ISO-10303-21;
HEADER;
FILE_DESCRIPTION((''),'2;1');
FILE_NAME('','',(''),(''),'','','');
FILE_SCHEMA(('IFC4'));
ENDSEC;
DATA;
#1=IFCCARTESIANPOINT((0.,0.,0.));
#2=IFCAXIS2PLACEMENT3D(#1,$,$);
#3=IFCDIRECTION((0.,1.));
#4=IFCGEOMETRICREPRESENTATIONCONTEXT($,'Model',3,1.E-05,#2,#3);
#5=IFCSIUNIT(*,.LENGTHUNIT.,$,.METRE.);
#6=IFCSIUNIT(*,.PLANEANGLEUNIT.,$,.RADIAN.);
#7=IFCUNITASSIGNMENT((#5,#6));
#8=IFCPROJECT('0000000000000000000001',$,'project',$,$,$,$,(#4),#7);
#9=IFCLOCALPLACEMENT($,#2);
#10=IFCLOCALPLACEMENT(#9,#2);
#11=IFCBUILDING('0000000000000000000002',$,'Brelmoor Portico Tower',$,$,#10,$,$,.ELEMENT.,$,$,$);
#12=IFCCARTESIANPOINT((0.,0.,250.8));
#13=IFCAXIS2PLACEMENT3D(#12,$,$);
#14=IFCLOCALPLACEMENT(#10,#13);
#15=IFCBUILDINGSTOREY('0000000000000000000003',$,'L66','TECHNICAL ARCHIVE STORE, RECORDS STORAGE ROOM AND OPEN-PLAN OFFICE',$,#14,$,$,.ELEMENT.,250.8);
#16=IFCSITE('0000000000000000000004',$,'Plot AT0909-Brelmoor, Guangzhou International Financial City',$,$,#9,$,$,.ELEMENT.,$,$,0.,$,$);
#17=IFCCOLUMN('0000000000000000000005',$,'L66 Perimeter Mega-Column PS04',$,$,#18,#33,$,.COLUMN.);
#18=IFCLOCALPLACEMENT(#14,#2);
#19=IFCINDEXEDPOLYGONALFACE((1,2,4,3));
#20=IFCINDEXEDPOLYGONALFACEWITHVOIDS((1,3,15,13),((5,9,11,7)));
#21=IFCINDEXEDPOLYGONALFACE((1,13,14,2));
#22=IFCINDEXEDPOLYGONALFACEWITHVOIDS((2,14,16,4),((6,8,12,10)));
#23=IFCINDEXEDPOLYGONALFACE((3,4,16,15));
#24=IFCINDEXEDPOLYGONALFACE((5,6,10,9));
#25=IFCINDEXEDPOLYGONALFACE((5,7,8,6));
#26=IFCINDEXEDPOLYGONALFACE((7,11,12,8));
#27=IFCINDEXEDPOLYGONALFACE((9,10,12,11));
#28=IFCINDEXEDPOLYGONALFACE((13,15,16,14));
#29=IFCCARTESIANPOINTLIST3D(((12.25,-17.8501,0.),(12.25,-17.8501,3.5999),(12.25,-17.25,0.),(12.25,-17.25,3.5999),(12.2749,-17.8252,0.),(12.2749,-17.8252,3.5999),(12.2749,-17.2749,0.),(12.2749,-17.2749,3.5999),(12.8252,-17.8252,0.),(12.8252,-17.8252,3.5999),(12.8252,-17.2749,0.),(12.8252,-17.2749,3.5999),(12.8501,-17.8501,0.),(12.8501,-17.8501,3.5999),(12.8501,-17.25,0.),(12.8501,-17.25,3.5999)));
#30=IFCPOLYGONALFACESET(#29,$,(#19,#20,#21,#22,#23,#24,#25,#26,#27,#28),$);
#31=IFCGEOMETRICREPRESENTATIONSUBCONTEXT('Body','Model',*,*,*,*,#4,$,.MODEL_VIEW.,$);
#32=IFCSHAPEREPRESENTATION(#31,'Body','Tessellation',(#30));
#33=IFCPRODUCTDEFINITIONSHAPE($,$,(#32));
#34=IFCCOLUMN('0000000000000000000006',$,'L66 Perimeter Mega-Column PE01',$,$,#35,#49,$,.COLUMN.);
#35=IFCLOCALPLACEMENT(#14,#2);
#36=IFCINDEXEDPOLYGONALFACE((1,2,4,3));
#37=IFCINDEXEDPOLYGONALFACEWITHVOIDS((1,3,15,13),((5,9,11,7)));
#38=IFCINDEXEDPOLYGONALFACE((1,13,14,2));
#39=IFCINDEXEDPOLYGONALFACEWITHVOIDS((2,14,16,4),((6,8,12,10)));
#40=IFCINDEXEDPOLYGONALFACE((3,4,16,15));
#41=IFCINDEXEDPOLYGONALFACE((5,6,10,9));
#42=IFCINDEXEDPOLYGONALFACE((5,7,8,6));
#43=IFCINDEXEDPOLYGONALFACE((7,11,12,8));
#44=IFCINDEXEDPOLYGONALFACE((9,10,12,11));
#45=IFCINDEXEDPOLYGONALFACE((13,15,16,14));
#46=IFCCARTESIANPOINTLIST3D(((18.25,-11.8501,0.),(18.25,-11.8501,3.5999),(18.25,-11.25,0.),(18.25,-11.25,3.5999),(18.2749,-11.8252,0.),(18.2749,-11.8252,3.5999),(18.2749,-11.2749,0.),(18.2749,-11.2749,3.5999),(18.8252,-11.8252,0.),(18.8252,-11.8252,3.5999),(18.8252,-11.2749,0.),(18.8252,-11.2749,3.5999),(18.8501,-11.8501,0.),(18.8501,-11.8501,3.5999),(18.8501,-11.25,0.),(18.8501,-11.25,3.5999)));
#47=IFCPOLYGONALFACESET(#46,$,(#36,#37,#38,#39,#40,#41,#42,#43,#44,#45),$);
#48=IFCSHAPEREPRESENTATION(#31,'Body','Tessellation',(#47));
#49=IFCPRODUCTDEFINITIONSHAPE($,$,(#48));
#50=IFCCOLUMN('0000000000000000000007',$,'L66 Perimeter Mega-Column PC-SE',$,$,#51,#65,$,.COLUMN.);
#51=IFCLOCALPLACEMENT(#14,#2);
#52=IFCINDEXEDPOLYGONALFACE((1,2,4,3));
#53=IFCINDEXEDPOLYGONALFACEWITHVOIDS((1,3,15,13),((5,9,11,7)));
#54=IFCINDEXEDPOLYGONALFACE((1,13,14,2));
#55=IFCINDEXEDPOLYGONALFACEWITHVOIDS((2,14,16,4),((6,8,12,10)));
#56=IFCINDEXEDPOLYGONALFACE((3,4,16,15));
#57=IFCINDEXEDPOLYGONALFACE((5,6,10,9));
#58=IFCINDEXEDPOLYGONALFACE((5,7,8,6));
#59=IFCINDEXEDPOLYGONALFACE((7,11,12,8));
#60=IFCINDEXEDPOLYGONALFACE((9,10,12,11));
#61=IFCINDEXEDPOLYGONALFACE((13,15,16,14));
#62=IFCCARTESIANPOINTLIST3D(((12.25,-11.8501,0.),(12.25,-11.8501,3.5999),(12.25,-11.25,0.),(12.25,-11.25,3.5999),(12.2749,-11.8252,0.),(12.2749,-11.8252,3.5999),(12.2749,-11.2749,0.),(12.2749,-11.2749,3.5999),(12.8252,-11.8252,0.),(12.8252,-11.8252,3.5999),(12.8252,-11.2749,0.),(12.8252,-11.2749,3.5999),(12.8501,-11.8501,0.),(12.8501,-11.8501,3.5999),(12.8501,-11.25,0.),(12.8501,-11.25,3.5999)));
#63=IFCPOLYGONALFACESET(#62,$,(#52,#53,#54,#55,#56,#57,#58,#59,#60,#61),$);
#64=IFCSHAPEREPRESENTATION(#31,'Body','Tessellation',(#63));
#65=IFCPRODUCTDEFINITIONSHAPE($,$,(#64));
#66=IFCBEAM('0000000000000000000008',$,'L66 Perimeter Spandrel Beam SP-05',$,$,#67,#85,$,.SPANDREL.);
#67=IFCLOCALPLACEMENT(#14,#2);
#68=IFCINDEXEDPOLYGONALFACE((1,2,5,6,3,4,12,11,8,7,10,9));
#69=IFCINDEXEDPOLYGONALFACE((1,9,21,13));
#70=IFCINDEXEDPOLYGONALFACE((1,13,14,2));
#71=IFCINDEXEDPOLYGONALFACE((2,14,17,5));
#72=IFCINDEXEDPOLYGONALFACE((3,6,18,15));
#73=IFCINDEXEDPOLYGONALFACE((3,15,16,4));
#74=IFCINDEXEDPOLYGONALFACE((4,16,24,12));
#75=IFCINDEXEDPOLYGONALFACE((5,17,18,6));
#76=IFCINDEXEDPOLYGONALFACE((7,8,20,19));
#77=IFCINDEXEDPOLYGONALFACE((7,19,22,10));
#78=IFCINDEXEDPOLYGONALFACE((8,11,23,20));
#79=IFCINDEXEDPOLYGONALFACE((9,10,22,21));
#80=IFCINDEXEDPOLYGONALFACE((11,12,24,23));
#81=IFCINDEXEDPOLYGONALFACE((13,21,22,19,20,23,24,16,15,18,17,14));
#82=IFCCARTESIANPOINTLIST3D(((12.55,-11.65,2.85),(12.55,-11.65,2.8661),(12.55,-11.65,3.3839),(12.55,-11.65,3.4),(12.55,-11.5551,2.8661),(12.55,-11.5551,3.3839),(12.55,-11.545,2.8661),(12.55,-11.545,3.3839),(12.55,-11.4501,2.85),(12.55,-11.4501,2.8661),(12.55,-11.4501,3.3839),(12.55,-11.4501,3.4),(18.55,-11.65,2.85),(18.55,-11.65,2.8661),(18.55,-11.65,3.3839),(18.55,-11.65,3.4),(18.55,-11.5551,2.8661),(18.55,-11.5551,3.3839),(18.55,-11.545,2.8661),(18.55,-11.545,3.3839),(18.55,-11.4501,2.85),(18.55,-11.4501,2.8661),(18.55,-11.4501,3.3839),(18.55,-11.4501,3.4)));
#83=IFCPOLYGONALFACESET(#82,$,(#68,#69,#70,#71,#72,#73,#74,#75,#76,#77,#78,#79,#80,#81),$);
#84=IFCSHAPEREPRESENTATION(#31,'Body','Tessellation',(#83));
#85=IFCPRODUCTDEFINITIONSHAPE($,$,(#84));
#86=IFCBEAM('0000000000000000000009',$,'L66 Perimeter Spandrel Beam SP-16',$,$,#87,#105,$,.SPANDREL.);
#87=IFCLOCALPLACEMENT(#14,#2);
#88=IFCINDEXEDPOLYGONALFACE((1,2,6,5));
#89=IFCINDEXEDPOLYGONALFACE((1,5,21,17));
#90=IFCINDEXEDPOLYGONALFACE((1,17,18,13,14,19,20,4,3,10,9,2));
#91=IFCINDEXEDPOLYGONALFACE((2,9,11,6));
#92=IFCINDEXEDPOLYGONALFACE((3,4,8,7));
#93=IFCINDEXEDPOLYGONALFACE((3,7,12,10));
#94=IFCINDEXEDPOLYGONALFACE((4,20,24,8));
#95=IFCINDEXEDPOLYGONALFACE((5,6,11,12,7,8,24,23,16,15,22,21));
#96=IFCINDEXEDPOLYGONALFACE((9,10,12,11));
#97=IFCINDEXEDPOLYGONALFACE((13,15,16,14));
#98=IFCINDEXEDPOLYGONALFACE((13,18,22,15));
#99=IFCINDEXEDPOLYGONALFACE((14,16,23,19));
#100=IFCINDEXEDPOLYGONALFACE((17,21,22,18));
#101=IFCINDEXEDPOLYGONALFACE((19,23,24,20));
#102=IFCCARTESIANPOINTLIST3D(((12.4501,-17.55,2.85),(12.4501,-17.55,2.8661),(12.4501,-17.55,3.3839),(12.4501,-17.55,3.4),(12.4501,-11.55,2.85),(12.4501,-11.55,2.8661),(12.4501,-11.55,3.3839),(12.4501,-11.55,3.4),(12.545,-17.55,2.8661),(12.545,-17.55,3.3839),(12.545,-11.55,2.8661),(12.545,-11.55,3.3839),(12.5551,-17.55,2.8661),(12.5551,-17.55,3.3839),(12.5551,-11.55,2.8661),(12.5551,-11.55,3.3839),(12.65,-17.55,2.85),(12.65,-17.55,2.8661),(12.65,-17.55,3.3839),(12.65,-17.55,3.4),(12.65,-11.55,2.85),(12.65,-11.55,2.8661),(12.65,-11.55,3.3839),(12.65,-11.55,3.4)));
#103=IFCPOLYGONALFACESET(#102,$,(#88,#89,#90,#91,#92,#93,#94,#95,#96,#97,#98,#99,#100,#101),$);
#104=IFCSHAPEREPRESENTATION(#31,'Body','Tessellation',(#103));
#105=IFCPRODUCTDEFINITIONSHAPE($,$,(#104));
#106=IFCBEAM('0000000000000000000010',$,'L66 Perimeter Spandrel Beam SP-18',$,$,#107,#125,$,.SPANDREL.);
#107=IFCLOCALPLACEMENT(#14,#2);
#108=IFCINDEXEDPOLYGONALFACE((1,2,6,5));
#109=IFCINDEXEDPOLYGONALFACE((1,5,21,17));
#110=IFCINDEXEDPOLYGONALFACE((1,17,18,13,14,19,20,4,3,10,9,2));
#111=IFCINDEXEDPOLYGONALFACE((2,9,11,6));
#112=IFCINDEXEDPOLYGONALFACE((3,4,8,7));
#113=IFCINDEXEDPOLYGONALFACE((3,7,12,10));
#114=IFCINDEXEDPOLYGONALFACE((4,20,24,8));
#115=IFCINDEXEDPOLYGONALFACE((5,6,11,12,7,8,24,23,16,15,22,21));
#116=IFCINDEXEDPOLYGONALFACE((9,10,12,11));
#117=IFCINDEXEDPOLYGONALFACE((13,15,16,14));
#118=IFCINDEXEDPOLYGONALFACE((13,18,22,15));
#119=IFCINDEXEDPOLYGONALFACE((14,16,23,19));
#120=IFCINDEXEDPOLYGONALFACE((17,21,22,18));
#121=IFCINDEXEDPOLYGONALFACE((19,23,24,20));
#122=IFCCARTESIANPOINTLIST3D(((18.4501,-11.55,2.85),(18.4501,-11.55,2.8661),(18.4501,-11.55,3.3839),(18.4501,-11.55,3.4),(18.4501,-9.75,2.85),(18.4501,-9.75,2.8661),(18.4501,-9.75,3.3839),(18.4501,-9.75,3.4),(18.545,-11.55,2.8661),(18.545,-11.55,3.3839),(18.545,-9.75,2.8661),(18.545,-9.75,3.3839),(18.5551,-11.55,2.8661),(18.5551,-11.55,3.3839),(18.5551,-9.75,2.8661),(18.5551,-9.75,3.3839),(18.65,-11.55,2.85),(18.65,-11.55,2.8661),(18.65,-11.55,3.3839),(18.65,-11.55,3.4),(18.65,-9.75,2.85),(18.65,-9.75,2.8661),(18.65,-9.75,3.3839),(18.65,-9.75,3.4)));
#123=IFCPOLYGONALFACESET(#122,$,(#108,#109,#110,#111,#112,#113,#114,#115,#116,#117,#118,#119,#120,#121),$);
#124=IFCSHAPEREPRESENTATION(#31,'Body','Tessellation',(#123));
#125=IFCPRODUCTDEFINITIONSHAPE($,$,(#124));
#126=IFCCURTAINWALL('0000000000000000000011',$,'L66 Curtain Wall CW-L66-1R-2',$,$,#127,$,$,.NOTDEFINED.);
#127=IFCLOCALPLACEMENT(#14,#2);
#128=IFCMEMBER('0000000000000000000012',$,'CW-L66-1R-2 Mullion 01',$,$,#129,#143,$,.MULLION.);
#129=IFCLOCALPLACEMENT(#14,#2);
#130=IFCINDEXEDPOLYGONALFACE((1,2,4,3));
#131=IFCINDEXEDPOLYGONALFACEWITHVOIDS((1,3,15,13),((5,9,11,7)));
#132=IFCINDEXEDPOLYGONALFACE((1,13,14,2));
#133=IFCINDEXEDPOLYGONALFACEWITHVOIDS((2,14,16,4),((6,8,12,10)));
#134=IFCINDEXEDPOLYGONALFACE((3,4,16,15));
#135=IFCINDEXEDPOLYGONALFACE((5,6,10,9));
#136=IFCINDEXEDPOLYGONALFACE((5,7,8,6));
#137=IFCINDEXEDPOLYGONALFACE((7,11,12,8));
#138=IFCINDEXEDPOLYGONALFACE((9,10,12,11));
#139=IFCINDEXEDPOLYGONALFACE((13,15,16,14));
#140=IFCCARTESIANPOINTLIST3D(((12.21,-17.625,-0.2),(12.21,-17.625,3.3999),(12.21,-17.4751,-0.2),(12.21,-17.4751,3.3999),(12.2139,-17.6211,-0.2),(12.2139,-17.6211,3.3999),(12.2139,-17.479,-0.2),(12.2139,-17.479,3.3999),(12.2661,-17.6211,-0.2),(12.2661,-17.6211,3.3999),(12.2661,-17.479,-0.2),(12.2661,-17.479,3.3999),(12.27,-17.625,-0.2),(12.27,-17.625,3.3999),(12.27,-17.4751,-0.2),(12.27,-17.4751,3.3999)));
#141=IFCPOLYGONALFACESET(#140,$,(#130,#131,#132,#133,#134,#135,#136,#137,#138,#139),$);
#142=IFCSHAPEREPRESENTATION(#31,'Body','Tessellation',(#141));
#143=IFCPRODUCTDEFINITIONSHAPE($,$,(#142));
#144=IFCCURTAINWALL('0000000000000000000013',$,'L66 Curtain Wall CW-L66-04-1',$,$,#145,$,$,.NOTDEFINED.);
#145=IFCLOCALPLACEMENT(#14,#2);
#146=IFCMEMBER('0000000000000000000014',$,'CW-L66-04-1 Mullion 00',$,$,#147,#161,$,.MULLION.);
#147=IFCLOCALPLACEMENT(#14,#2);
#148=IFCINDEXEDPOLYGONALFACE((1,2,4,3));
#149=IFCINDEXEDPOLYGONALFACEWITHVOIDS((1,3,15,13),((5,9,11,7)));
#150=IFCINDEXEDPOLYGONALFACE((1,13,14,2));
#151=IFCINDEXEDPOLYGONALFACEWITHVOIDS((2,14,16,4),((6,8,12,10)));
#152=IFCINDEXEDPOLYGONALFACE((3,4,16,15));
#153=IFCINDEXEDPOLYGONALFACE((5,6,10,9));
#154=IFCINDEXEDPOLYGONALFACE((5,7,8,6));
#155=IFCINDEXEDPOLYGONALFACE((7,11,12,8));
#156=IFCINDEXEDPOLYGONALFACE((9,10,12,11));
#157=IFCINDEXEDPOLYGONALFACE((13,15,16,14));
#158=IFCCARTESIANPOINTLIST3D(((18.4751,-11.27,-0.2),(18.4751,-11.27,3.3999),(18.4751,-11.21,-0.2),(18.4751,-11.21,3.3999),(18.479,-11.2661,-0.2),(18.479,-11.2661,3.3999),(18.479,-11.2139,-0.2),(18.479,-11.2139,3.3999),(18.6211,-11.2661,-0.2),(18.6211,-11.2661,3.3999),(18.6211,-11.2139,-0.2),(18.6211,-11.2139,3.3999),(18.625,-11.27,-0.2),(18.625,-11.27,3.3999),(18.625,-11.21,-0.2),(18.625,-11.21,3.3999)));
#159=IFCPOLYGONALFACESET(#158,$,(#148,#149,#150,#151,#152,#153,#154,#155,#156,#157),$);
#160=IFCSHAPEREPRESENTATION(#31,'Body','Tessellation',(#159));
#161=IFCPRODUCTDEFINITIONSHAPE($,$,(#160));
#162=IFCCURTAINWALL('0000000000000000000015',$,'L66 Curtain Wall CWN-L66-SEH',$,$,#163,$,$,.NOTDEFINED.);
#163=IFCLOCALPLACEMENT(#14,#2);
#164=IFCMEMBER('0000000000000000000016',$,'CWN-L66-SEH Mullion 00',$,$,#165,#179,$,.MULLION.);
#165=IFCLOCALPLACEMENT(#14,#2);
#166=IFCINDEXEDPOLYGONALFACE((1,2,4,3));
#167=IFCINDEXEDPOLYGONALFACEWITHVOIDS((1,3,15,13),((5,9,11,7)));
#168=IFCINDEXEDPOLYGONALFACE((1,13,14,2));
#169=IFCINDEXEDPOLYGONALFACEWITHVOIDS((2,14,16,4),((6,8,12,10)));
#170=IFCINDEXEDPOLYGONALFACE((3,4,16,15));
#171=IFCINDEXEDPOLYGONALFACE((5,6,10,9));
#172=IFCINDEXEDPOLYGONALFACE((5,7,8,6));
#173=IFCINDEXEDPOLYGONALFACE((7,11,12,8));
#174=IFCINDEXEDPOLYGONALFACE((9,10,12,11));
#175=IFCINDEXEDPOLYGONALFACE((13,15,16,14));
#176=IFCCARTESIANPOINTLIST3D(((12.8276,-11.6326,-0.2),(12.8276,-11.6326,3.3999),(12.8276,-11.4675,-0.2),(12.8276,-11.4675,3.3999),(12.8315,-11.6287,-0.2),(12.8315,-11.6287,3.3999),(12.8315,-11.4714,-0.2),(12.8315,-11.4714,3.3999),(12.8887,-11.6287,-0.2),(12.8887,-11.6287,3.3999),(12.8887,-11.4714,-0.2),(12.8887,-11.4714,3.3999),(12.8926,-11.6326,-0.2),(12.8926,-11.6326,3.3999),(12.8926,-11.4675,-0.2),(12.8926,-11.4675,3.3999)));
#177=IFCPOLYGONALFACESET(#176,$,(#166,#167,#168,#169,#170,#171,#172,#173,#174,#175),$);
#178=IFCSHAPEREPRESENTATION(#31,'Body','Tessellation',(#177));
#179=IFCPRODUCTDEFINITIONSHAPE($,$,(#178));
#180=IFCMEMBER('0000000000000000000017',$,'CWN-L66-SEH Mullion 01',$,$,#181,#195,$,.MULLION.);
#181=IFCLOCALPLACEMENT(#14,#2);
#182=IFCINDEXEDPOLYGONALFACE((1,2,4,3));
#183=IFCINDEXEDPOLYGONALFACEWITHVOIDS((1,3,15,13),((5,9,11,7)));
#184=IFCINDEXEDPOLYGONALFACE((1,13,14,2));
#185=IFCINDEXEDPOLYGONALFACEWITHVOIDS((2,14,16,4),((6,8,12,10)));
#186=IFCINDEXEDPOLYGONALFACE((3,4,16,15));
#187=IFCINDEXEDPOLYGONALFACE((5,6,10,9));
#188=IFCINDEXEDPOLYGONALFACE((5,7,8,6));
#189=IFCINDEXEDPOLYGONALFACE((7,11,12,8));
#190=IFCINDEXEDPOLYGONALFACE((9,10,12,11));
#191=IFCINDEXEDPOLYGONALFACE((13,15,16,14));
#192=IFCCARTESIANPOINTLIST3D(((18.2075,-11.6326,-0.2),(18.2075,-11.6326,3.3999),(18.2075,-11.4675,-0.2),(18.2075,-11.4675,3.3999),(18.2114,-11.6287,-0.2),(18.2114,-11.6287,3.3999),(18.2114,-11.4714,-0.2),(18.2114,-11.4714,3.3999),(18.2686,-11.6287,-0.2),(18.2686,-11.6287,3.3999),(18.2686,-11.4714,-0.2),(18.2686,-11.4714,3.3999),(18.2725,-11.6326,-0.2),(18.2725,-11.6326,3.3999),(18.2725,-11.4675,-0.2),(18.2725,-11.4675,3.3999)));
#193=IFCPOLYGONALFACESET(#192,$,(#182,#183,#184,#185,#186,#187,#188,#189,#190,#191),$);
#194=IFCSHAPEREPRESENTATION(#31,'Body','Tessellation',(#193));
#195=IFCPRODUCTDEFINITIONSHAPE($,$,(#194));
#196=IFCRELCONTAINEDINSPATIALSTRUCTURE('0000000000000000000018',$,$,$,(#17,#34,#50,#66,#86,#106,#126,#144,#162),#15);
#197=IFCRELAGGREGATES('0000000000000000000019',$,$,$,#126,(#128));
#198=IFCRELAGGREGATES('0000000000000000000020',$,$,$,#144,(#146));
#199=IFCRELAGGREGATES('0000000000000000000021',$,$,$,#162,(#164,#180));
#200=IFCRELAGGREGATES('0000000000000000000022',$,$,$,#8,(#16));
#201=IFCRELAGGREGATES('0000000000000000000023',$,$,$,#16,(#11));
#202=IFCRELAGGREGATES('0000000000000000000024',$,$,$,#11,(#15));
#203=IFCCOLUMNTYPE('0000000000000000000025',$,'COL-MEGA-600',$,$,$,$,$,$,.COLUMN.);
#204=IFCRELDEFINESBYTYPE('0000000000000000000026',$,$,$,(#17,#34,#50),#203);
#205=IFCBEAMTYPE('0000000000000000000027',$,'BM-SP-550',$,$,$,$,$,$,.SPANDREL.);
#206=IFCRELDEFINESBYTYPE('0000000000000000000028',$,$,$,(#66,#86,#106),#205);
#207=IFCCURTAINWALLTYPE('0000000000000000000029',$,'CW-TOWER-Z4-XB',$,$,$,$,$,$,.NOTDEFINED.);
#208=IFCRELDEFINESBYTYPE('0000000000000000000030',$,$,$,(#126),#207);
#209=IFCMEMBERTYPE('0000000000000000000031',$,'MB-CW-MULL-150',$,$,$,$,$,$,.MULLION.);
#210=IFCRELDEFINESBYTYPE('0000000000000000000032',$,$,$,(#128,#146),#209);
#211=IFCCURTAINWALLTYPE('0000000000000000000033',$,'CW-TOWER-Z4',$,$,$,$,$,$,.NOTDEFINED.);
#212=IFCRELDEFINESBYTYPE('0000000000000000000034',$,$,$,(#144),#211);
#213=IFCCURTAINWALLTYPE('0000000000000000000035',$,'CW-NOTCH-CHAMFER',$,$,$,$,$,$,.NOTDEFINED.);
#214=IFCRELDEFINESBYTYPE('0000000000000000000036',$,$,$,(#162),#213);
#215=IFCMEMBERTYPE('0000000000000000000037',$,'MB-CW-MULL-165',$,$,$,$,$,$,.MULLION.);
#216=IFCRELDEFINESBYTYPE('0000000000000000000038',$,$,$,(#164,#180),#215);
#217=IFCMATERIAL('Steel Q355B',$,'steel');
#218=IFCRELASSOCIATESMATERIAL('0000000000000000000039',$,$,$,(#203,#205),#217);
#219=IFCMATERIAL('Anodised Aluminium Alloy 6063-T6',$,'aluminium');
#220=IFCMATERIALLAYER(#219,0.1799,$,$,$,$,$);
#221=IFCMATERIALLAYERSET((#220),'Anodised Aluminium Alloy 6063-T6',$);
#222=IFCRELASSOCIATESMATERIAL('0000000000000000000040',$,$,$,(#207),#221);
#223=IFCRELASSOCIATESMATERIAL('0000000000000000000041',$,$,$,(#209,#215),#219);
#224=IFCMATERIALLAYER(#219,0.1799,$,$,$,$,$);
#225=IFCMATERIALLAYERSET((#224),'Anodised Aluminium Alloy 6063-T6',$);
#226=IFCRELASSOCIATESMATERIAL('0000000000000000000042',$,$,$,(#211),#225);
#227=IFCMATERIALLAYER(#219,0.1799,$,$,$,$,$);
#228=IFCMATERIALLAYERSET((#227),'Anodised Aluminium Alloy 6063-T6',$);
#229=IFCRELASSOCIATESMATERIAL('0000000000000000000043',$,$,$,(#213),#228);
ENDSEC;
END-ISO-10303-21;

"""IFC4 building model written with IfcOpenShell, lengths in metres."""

from ifc_helpers import new_model, si_unit, direction, frame, origin, origin_2d, place, context, subcontext, project, spatial, hollow_rectangle, i_section, extrude, material, layer, layer_set, material_profile, profile_set, type_object, element, aggregate, save


model = new_model("IFC4")

# Units and contexts
model_context = context("Model", 3, precision=1e-05, world=origin(), true_north=direction((0.0, 1.0)))
body_context = subcontext(model_context, "Body", "Model", "MODEL_VIEW")
ifc_project = project(units=[si_unit("LENGTHUNIT", "METRE"), si_unit("PLANEANGLEUNIT", "RADIAN")], contexts=[model_context])

# Site, building, storey
site_placement = place(None, origin())
site = spatial("IfcSite", under=ifc_project, at=site_placement, Name="Plot AT0909-Brelmoor, Guangzhou International Financial City", CompositionType="ELEMENT", RefElevation=0.0)
building_placement = place(site_placement, origin())
building = spatial("IfcBuilding", under=site, at=building_placement, Name="Brelmoor Portico Tower", CompositionType="ELEMENT")
storey_placement = place(building_placement, frame((0.0, 0.0, 250.8)))
storey = spatial("IfcBuildingStorey", under=building, at=storey_placement, Name="L66", Description="TECHNICAL ARCHIVE STORE, RECORDS STORAGE ROOM AND OPEN-PLAN OFFICE", CompositionType="ELEMENT", Elevation=250.8)

# Columns
ifc_material_1 = material(Name="Steel Q355B", Category="steel")
ifc_material_profile_1 = material_profile(ifc_material_1, hollow_rectangle(XDim=0.6001, YDim=0.6001, WallThickness=0.0249, at=origin_2d()), Name="BOX 600x600x25")
ifc_profile_set_1 = profile_set([ifc_material_profile_1], Name="Steel Q355B")
column_type = type_object("IfcColumnType", Name="COL-MEGA-600", PredefinedType="COLUMN", material=ifc_profile_set_1)
for number, where, z_axis, x_axis, name in (
    (1, (12.55, -17.55, 0.0), (0.0, 0.0, 1.0), (1.0, 0.0, 0.0), "L66 Perimeter Mega-Column PS04"),
    (2, (18.55, -11.55, 0.0), (0.0, 0.0, 1.0), (0.0, 1.0, 0.0), "L66 Perimeter Mega-Column PE01"),
    (3, (12.55, -11.55, 0.0), (0.0, 0.0, 1.0), (1.0, 0.0, 0.0), "L66 Perimeter Mega-Column PC-SE"),
):
    element("IfcColumn", number, at=place(storey_placement, frame(where, z_axis=z_axis, x_axis=x_axis)), inside=storey, type_object=column_type, Name=name, PredefinedType="COLUMN", context=body_context, shape_type="SweptSolid", body=[
        extrude(hollow_rectangle(XDim=0.6001, YDim=0.6001, WallThickness=0.0249, at=origin_2d()), origin(), (0.0, 0.0, 1.0), 3.5999),
    ])

# Beams
ifc_material_profile_2 = material_profile(ifc_material_1, i_section(OverallWidth=0.2, OverallDepth=0.55, WebThickness=0.01, FlangeThickness=0.0161, at=origin_2d()), Name="HN 550x200x10x16")
ifc_profile_set_2 = profile_set([ifc_material_profile_2], Name="Steel Q355B")
beam_type = type_object("IfcBeamType", Name="BM-SP-550", PredefinedType="SPANDREL", material=ifc_profile_set_2)
for number, where, z_axis, x_axis, name in (
    (4, (12.55, -11.55, 3.125), (1.0, 0.0, 0.0), (0.0, 1.0, 0.0), "L66 Perimeter Spandrel Beam SP-05"),
    (5, (12.55, -17.55, 3.125), (0.0, 1.0, 0.0), (-1.0, 0.0, 0.0), "L66 Perimeter Spandrel Beam SP-16"),
):
    element("IfcBeam", number, at=place(storey_placement, frame(where, z_axis=z_axis, x_axis=x_axis)), inside=storey, type_object=beam_type, Name=name, PredefinedType="SPANDREL", context=body_context, shape_type="SweptSolid", body=[
        extrude(i_section(OverallWidth=0.2, OverallDepth=0.55, WebThickness=0.01, FlangeThickness=0.0161, at=origin_2d()), origin(), (0.0, 0.0, 1.0), 6.0),
    ])
beam_placement = place(storey_placement, frame((18.55, -11.55, 3.125), z_axis=(0.0, 1.0, 0.0), x_axis=(-1.0, 0.0, 0.0)))
element("IfcBeam", 6, at=beam_placement, inside=storey, type_object=beam_type, Name="L66 Perimeter Spandrel Beam SP-18", PredefinedType="SPANDREL", context=body_context, shape_type="SweptSolid", body=[
    extrude(i_section(OverallWidth=0.2, OverallDepth=0.55, WebThickness=0.01, FlangeThickness=0.0161, at=origin_2d()), origin(), (0.0, 0.0, 1.0), 1.8),
])

# Curtain walls, members
ifc_material_2 = material(Name="Anodised Aluminium Alloy 6063-T6", Category="aluminium")
ifc_layer_1 = layer(ifc_material_2, 0.1799)
ifc_layer_set_1 = layer_set([ifc_layer_1], Name="Anodised Aluminium Alloy 6063-T6")
curtain_wall_type_1 = type_object("IfcCurtainWallType", Name="CW-TOWER-Z4-XB", PredefinedType="NOTDEFINED", material=ifc_layer_set_1)
curtain_wall_1_placement = place(storey_placement, origin())
curtain_wall_1 = element("IfcCurtainWall", 7, at=curtain_wall_1_placement, inside=storey, type_object=curtain_wall_type_1, Name="L66 Curtain Wall CW-L66-1R-2", PredefinedType="NOTDEFINED")
ifc_material_profile_3 = material_profile(ifc_material_2, hollow_rectangle(XDim=0.0601, YDim=0.1499, WallThickness=0.0039, at=origin_2d()), Name="ALU MULLION 60x150")
ifc_profile_set_3 = profile_set([ifc_material_profile_3], Name="Anodised Aluminium Alloy 6063-T6")
member_type_1 = type_object("IfcMemberType", Name="MB-CW-MULL-150", PredefinedType="MULLION", material=ifc_profile_set_3)
member_1_placement = place(storey_placement, frame((12.24, -17.55, -0.2), z_axis=(0.0, 0.0, 1.0), x_axis=(1.0, 0.0, 0.0)))
member_1 = element("IfcMember", 8, at=member_1_placement, type_object=member_type_1, Name="CW-L66-1R-2 Mullion 01", PredefinedType="MULLION", context=body_context, shape_type="SweptSolid", body=[
    extrude(hollow_rectangle(XDim=0.0601, YDim=0.1499, WallThickness=0.0039, at=origin_2d()), origin(), (0.0, 0.0, 1.0), 3.5999),
])
aggregate(curtain_wall_1, [member_1])
ifc_layer_2 = layer(ifc_material_2, 0.1799)
ifc_layer_set_2 = layer_set([ifc_layer_2], Name="Anodised Aluminium Alloy 6063-T6")
curtain_wall_type_2 = type_object("IfcCurtainWallType", Name="CW-TOWER-Z4", PredefinedType="NOTDEFINED", material=ifc_layer_set_2)
curtain_wall_2_placement = place(storey_placement, origin())
curtain_wall_2 = element("IfcCurtainWall", 9, at=curtain_wall_2_placement, inside=storey, type_object=curtain_wall_type_2, Name="L66 Curtain Wall CW-L66-04-1", PredefinedType="NOTDEFINED")
member_2_placement = place(storey_placement, frame((18.55, -11.24, -0.2), z_axis=(0.0, 0.0, 1.0), x_axis=(0.0, 1.0, 0.0)))
member_2 = element("IfcMember", 10, at=member_2_placement, type_object=member_type_1, Name="CW-L66-04-1 Mullion 00", PredefinedType="MULLION", context=body_context, shape_type="SweptSolid", body=[
    extrude(hollow_rectangle(XDim=0.0601, YDim=0.1499, WallThickness=0.0039, at=origin_2d()), origin(), (0.0, 0.0, 1.0), 3.5999),
])
aggregate(curtain_wall_2, [member_2])

# Curtain wall, members
ifc_layer_3 = layer(ifc_material_2, 0.1799)
ifc_layer_set_3 = layer_set([ifc_layer_3], Name="Anodised Aluminium Alloy 6063-T6")
curtain_wall_type_3 = type_object("IfcCurtainWallType", Name="CW-NOTCH-CHAMFER", PredefinedType="NOTDEFINED", material=ifc_layer_set_3)
curtain_wall_3_placement = place(storey_placement, origin())
curtain_wall_3 = element("IfcCurtainWall", 11, at=curtain_wall_3_placement, inside=storey, type_object=curtain_wall_type_3, Name="L66 Curtain Wall CWN-L66-SEH", PredefinedType="NOTDEFINED")
ifc_material_profile_4 = material_profile(ifc_material_2, hollow_rectangle(XDim=0.0649, YDim=0.165, WallThickness=0.0039, at=origin_2d()), Name="ALU MULLION 65x165")
ifc_profile_set_4 = profile_set([ifc_material_profile_4], Name="Anodised Aluminium Alloy 6063-T6")
member_type_2 = type_object("IfcMemberType", Name="MB-CW-MULL-165", PredefinedType="MULLION", material=ifc_profile_set_4)
member_3_placement = place(storey_placement, frame((12.8601, -11.55, -0.2), z_axis=(0.0, 0.0, 1.0), x_axis=(1.0, 0.0, 0.0)))
member_3 = element("IfcMember", 12, at=member_3_placement, type_object=member_type_2, Name="CWN-L66-SEH Mullion 00", PredefinedType="MULLION", context=body_context, shape_type="SweptSolid", body=[
    extrude(hollow_rectangle(XDim=0.0649, YDim=0.165, WallThickness=0.0039, at=origin_2d()), origin(), (0.0, 0.0, 1.0), 3.5999),
])
member_4_placement = place(storey_placement, frame((18.24, -11.55, -0.2), z_axis=(0.0, 0.0, 1.0), x_axis=(1.0, 0.0, 0.0)))
member_4 = element("IfcMember", 13, at=member_4_placement, type_object=member_type_2, Name="CWN-L66-SEH Mullion 01", PredefinedType="MULLION", context=body_context, shape_type="SweptSolid", body=[
    extrude(hollow_rectangle(XDim=0.0649, YDim=0.165, WallThickness=0.0039, at=origin_2d()), origin(), (0.0, 0.0, 1.0), 3.5999),
])

aggregate(curtain_wall_3, [member_3, member_4])

save(model, "model.ifc")
